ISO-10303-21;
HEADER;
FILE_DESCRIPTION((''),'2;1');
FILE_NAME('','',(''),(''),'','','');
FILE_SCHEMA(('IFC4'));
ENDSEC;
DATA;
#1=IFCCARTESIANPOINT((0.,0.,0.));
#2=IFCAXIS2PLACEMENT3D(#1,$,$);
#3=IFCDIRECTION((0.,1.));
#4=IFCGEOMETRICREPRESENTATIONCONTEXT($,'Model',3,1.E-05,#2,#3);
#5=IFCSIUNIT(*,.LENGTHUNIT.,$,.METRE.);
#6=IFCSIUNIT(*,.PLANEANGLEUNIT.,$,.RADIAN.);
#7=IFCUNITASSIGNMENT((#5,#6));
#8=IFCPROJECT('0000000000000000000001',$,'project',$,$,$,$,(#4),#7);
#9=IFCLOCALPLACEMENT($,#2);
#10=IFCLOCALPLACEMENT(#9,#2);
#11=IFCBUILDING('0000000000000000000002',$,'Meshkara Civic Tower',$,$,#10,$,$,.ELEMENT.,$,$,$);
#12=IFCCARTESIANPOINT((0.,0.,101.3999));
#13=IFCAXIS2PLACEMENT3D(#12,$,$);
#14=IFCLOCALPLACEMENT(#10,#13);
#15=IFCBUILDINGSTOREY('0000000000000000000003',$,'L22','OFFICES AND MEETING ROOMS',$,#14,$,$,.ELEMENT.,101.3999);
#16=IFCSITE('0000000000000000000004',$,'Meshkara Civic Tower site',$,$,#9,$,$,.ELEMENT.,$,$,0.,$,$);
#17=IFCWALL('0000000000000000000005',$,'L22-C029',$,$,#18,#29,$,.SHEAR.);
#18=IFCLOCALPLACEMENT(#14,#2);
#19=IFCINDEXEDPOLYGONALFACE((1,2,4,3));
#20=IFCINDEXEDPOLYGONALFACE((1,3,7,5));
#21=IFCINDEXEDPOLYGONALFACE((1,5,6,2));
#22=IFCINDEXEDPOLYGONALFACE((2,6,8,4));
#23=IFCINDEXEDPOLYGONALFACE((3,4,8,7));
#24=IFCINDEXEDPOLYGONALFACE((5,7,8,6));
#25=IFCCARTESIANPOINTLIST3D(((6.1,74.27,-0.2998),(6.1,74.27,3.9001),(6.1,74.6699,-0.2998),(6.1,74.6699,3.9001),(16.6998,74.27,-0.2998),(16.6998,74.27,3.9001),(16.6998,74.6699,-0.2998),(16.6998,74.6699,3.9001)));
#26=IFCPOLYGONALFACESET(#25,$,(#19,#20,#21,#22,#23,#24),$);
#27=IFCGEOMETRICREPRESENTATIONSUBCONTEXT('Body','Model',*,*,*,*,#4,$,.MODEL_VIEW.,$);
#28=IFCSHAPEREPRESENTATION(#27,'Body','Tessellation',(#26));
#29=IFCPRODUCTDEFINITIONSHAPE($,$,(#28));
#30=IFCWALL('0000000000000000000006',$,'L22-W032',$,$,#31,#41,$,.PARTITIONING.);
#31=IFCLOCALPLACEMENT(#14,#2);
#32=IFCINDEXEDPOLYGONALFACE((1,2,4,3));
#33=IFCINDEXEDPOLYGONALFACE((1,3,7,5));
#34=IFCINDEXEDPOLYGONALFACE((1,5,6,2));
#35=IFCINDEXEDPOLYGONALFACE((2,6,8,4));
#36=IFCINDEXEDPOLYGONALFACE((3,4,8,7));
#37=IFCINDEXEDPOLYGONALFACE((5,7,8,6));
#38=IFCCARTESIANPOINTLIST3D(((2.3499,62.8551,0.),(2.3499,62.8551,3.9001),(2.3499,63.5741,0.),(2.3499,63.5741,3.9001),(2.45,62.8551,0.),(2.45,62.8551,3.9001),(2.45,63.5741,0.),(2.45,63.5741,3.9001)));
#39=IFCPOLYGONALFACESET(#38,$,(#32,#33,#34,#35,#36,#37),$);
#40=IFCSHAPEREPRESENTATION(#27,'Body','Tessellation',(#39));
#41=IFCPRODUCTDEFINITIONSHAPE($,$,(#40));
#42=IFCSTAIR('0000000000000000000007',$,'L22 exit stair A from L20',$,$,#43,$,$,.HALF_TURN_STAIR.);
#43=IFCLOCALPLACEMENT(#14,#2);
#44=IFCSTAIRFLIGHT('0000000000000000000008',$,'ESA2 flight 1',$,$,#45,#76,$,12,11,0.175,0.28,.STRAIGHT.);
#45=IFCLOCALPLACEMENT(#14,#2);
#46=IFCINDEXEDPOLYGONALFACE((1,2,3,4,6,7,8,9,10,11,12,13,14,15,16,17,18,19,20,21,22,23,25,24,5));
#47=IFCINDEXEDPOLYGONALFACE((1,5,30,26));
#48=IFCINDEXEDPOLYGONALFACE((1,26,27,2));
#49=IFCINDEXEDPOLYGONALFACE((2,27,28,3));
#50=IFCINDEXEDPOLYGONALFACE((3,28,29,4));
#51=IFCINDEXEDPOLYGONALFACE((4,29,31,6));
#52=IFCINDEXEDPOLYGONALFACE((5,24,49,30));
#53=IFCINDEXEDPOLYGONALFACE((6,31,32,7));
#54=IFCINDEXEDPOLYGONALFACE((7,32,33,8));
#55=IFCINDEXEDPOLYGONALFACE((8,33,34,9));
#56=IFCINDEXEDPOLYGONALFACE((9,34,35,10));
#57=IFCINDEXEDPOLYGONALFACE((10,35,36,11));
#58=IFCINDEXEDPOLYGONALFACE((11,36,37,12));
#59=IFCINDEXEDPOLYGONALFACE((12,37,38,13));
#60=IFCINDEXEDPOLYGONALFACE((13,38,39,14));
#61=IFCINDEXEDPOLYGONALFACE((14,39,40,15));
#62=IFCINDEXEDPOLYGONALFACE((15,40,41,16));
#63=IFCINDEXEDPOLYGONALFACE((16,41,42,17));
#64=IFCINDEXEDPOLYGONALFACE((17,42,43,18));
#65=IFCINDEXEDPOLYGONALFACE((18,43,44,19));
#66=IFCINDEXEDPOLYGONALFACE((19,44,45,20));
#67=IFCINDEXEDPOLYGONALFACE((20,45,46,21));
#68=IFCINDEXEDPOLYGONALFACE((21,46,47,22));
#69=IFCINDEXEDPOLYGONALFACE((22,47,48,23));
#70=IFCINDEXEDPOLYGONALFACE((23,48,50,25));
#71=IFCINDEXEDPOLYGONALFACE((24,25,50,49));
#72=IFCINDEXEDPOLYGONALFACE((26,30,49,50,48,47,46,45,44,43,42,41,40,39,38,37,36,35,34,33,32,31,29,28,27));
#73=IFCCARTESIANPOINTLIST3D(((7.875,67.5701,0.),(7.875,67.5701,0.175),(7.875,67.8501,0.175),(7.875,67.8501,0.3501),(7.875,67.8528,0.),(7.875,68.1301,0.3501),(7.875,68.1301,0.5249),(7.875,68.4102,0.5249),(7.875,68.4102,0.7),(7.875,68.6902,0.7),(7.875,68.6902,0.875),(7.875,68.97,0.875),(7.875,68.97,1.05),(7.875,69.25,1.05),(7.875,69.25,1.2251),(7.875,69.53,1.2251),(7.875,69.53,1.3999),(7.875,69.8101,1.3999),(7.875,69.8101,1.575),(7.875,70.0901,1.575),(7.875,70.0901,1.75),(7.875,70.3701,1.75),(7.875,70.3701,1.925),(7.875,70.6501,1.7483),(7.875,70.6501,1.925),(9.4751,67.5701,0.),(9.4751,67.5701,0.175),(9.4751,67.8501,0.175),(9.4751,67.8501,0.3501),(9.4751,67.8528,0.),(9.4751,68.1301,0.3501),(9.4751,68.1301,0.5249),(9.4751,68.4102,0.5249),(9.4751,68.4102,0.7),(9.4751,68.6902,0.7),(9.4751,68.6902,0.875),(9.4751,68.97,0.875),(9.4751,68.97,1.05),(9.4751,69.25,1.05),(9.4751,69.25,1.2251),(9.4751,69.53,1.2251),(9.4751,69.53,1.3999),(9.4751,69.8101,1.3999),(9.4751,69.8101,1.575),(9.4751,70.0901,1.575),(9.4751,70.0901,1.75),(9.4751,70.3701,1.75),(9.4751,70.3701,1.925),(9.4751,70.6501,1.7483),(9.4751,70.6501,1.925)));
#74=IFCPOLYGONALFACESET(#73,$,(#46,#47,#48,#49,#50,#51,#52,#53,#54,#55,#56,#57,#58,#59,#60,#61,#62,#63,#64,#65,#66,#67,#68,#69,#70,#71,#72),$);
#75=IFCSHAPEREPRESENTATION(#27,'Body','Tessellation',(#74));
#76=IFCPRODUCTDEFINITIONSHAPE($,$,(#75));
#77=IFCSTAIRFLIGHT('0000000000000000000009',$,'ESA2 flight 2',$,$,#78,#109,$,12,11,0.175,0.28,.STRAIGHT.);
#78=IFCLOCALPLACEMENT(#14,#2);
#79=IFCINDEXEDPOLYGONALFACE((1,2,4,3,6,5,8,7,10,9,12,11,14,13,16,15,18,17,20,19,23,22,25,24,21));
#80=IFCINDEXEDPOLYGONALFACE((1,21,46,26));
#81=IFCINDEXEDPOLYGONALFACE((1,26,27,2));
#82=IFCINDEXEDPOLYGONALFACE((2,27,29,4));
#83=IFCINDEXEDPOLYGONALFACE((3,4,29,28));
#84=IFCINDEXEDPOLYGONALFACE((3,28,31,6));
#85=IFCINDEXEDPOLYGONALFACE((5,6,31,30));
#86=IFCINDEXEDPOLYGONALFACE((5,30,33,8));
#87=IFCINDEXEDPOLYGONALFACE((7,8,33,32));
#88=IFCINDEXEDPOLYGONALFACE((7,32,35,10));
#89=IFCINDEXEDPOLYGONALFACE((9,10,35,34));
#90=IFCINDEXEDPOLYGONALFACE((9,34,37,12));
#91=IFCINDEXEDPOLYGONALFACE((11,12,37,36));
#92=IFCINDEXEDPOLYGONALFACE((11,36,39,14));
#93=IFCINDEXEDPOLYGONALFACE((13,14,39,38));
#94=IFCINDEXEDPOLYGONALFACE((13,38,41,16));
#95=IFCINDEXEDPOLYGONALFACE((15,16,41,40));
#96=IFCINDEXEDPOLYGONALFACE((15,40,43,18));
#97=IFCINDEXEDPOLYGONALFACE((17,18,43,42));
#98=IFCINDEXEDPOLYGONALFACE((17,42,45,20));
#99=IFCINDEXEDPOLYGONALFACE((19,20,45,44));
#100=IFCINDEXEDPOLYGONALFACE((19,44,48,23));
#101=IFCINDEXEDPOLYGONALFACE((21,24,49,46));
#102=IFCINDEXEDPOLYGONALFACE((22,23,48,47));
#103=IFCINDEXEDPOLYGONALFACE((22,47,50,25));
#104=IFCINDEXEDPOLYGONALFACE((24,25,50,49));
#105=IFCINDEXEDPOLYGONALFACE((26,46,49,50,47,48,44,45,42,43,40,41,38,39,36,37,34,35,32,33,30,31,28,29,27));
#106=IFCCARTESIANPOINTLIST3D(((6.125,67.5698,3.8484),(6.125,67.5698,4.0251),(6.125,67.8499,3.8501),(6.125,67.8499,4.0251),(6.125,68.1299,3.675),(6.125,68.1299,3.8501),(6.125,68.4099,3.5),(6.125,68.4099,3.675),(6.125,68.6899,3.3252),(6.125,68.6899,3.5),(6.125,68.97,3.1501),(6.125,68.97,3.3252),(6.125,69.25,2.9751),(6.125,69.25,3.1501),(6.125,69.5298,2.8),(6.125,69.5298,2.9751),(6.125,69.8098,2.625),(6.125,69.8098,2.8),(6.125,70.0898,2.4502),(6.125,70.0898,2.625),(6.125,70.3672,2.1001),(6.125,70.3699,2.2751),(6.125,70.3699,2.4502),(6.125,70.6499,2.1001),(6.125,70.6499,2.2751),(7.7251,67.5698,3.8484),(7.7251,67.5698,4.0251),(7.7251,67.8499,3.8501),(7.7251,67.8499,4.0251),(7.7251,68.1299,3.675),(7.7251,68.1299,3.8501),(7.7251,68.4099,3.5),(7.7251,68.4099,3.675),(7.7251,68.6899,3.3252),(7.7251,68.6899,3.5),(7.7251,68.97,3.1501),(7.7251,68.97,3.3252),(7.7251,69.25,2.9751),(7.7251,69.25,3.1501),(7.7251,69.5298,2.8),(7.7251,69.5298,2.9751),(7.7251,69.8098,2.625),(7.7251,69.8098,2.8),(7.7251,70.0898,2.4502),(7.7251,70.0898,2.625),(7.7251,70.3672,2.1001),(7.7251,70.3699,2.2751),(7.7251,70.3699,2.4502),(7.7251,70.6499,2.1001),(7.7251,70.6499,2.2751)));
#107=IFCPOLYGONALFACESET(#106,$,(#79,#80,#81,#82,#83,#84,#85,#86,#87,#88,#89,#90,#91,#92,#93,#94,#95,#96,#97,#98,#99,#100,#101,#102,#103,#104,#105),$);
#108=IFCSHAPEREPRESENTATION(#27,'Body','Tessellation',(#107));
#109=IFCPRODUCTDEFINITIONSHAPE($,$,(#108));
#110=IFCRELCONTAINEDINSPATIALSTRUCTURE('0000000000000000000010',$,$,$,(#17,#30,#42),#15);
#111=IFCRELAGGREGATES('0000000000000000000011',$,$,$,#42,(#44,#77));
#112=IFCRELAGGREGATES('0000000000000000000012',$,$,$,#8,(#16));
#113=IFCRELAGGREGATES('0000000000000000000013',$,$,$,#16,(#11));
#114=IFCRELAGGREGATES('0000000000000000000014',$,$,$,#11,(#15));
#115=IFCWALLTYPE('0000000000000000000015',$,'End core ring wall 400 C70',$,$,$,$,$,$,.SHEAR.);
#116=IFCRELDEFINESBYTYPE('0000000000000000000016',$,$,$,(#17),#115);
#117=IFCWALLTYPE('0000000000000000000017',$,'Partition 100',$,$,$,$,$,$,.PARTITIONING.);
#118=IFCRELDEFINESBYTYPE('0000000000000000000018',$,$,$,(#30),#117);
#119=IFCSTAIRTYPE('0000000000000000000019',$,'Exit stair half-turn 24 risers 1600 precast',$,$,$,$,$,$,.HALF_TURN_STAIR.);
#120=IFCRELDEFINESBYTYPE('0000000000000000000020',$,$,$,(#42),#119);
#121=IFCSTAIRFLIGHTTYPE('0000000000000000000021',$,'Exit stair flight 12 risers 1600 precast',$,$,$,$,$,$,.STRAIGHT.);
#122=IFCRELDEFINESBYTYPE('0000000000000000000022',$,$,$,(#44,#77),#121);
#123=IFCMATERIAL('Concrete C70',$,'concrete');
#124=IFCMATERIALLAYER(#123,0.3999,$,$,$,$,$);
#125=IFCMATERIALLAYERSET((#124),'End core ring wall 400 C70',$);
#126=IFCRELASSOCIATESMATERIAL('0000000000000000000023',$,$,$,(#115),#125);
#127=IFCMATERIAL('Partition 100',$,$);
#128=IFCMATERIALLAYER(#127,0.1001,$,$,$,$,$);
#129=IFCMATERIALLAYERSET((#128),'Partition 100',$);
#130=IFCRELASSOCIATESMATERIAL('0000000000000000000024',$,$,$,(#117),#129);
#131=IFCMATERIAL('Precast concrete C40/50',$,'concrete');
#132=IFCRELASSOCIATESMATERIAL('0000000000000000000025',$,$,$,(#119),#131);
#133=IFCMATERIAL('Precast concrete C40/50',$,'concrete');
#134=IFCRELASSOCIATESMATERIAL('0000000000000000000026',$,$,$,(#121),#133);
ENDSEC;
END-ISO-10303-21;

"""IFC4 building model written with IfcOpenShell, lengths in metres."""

from ifc_helpers import new_model, si_unit, direction, frame, frame_2d, origin, place, context, subcontext, project, spatial, polyline, rectangle, outline, extrude, material, layer, layer_set, type_object, element, aggregate, save


model = new_model("IFC4")

# Units and contexts
model_context = context("Model", 3, precision=1e-05, world=origin(), true_north=direction((0.0, 1.0)))
body_context = subcontext(model_context, "Body", "Model", "MODEL_VIEW")
ifc_project = project(units=[si_unit("LENGTHUNIT", "METRE"), si_unit("PLANEANGLEUNIT", "RADIAN")], contexts=[model_context])

# Site, building, storey
site_placement = place(None, origin())
site = spatial("IfcSite", under=ifc_project, at=site_placement, Name="Meshkara Civic Tower site", CompositionType="ELEMENT", RefElevation=0.0)
building_placement = place(site_placement, origin())
building = spatial("IfcBuilding", under=site, at=building_placement, Name="Meshkara Civic Tower", CompositionType="ELEMENT")
storey_placement = place(building_placement, frame((0.0, 0.0, 101.3999)))
storey = spatial("IfcBuildingStorey", under=building, at=storey_placement, Name="L22", Description="OFFICES AND MEETING ROOMS", CompositionType="ELEMENT", Elevation=101.3999)

# Shared definitions
ifc_material_1 = material(Name="Concrete C70", Category="concrete")
ifc_layer_1 = layer(ifc_material_1, 0.3999)
ifc_layer_set_1 = layer_set([ifc_layer_1], Name="End core ring wall 400 C70")
wall_type_1 = type_object("IfcWallType", Name="End core ring wall 400 C70", PredefinedType="SHEAR", material=ifc_layer_set_1)

# Walls
wall_1_placement = place(storey_placement, frame((6.1001, 74.47, -0.2998), z_axis=(0.0, 0.0, 1.0), x_axis=(1.0, 0.0, 0.0)))
element("IfcWall", 1, at=wall_1_placement, inside=storey, type_object=wall_type_1, Name="L22-C029", PredefinedType="SHEAR", context=body_context, shape_type="SweptSolid", body=[
    extrude(rectangle(XDim=10.5999, YDim=0.3999, at=frame_2d((5.2998, 0.0))), origin(), (0.0, 0.0, 1.0), 4.2),
])
ifc_material_2 = material(Name="Partition 100")
ifc_layer_2 = layer(ifc_material_2, 0.1001)
ifc_layer_set_2 = layer_set([ifc_layer_2], Name="Partition 100")
wall_type_2 = type_object("IfcWallType", Name="Partition 100", PredefinedType="PARTITIONING", material=ifc_layer_set_2)
wall_2_placement = place(storey_placement, frame((2.3999, 63.574, 0.0), z_axis=(0.0, 0.0, 1.0), x_axis=(0.0, -1.0, 0.0)))
element("IfcWall", 2, at=wall_2_placement, inside=storey, type_object=wall_type_2, Name="L22-W032", PredefinedType="PARTITIONING", context=body_context, shape_type="SweptSolid", body=[
    extrude(rectangle(XDim=0.719, YDim=0.1001, at=frame_2d((0.3594, 0.0))), origin(), (0.0, 0.0, 1.0), 3.9001),
])

# Stair, stair flights
ifc_material_3 = material(Name="Precast concrete C40/50", Category="concrete")
stair_type = type_object("IfcStairType", Name="Exit stair half-turn 24 risers 1600 precast", PredefinedType="HALF_TURN_STAIR", material=ifc_material_3)
stair_placement = place(storey_placement, origin())
stair = element("IfcStair", 3, at=stair_placement, inside=storey, type_object=stair_type, Name="L22 exit stair A from L20", PredefinedType="HALF_TURN_STAIR")
ifc_material_4 = material(Name="Precast concrete C40/50", Category="concrete")
stair_flight_type = type_object("IfcStairFlightType", Name="Exit stair flight 12 risers 1600 precast", PredefinedType="STRAIGHT", material=ifc_material_4)
stair_flight_1_placement = place(storey_placement, frame((8.675, 67.5701, 0.0), z_axis=(0.0, 0.0, 1.0), x_axis=(0.0, 1.0, 0.0)))
stair_flight_1 = element("IfcStairFlight", 4, at=stair_flight_1_placement, type_object=stair_flight_type, Name="ESA2 flight 1", NumberOfRisers=12, NumberOfTreads=11, PredefinedType="STRAIGHT", RiserHeight=0.175, TreadLength=0.28, context=body_context, shape_type="SweptSolid", body=[
    extrude(outline(polyline([(0.0, 0.0), (0.0, 0.175), (0.28, 0.175), (0.28, 0.3501), (0.5601, 0.3501), (0.5601, 0.5249), (0.8401, 0.5249), (0.8401, 0.7), (1.1201, 0.7), (1.1201, 0.875), (1.3999, 0.875), (1.3999, 1.05), (1.6799, 1.05), (1.6799, 1.2251), (1.96, 1.2251), (1.96, 1.3999), (2.24, 1.3999), (2.24, 1.575), (2.52, 1.575), (2.52, 1.75), (2.8, 1.75), (2.8, 1.925), (3.0801, 1.925), (3.0801, 2.1001), (3.0801, 1.7483), (0.2827, 0.0), (0.0, 0.0)])), frame((0.0, 0.8, 0.0), z_axis=(0.0, -1.0, 0.0), x_axis=(1.0, 0.0, 0.0)), (0.0, 0.0, 1.0), 1.6001),
])
stair_flight_2_placement = place(storey_placement, frame((6.925, 70.6499, 2.1001), z_axis=(0.0, 0.0, 1.0), x_axis=(0.0, -1.0, 0.0)))
stair_flight_2 = element("IfcStairFlight", 5, at=stair_flight_2_placement, type_object=stair_flight_type, Name="ESA2 flight 2", NumberOfRisers=12, NumberOfTreads=11, PredefinedType="STRAIGHT", RiserHeight=0.175, TreadLength=0.28, context=body_context, shape_type="SweptSolid", body=[
    extrude(outline(polyline([(0.0, 0.0), (0.0, 0.175), (0.28, 0.175), (0.28, 0.3501), (0.5601, 0.3501), (0.5601, 0.5249), (0.8401, 0.5249), (0.8401, 0.7), (1.1201, 0.7), (1.1201, 0.875), (1.3999, 0.875), (1.3999, 1.05), (1.6799, 1.05), (1.6799, 1.2251), (1.96, 1.2251), (1.96, 1.3999), (2.24, 1.3999), (2.24, 1.575), (2.52, 1.575), (2.52, 1.75), (2.8, 1.75), (2.8, 1.925), (3.0801, 1.925), (3.0801, 2.1001), (3.0801, 1.7483), (0.2827, 0.0), (0.0, 0.0)])), frame((0.0, 0.8, 0.0), z_axis=(0.0, -1.0, 0.0), x_axis=(1.0, 0.0, 0.0)), (0.0, 0.0, 1.0), 1.6001),
])
aggregate(stair, [stair_flight_1, stair_flight_2])

save(model, "model.ifc")
